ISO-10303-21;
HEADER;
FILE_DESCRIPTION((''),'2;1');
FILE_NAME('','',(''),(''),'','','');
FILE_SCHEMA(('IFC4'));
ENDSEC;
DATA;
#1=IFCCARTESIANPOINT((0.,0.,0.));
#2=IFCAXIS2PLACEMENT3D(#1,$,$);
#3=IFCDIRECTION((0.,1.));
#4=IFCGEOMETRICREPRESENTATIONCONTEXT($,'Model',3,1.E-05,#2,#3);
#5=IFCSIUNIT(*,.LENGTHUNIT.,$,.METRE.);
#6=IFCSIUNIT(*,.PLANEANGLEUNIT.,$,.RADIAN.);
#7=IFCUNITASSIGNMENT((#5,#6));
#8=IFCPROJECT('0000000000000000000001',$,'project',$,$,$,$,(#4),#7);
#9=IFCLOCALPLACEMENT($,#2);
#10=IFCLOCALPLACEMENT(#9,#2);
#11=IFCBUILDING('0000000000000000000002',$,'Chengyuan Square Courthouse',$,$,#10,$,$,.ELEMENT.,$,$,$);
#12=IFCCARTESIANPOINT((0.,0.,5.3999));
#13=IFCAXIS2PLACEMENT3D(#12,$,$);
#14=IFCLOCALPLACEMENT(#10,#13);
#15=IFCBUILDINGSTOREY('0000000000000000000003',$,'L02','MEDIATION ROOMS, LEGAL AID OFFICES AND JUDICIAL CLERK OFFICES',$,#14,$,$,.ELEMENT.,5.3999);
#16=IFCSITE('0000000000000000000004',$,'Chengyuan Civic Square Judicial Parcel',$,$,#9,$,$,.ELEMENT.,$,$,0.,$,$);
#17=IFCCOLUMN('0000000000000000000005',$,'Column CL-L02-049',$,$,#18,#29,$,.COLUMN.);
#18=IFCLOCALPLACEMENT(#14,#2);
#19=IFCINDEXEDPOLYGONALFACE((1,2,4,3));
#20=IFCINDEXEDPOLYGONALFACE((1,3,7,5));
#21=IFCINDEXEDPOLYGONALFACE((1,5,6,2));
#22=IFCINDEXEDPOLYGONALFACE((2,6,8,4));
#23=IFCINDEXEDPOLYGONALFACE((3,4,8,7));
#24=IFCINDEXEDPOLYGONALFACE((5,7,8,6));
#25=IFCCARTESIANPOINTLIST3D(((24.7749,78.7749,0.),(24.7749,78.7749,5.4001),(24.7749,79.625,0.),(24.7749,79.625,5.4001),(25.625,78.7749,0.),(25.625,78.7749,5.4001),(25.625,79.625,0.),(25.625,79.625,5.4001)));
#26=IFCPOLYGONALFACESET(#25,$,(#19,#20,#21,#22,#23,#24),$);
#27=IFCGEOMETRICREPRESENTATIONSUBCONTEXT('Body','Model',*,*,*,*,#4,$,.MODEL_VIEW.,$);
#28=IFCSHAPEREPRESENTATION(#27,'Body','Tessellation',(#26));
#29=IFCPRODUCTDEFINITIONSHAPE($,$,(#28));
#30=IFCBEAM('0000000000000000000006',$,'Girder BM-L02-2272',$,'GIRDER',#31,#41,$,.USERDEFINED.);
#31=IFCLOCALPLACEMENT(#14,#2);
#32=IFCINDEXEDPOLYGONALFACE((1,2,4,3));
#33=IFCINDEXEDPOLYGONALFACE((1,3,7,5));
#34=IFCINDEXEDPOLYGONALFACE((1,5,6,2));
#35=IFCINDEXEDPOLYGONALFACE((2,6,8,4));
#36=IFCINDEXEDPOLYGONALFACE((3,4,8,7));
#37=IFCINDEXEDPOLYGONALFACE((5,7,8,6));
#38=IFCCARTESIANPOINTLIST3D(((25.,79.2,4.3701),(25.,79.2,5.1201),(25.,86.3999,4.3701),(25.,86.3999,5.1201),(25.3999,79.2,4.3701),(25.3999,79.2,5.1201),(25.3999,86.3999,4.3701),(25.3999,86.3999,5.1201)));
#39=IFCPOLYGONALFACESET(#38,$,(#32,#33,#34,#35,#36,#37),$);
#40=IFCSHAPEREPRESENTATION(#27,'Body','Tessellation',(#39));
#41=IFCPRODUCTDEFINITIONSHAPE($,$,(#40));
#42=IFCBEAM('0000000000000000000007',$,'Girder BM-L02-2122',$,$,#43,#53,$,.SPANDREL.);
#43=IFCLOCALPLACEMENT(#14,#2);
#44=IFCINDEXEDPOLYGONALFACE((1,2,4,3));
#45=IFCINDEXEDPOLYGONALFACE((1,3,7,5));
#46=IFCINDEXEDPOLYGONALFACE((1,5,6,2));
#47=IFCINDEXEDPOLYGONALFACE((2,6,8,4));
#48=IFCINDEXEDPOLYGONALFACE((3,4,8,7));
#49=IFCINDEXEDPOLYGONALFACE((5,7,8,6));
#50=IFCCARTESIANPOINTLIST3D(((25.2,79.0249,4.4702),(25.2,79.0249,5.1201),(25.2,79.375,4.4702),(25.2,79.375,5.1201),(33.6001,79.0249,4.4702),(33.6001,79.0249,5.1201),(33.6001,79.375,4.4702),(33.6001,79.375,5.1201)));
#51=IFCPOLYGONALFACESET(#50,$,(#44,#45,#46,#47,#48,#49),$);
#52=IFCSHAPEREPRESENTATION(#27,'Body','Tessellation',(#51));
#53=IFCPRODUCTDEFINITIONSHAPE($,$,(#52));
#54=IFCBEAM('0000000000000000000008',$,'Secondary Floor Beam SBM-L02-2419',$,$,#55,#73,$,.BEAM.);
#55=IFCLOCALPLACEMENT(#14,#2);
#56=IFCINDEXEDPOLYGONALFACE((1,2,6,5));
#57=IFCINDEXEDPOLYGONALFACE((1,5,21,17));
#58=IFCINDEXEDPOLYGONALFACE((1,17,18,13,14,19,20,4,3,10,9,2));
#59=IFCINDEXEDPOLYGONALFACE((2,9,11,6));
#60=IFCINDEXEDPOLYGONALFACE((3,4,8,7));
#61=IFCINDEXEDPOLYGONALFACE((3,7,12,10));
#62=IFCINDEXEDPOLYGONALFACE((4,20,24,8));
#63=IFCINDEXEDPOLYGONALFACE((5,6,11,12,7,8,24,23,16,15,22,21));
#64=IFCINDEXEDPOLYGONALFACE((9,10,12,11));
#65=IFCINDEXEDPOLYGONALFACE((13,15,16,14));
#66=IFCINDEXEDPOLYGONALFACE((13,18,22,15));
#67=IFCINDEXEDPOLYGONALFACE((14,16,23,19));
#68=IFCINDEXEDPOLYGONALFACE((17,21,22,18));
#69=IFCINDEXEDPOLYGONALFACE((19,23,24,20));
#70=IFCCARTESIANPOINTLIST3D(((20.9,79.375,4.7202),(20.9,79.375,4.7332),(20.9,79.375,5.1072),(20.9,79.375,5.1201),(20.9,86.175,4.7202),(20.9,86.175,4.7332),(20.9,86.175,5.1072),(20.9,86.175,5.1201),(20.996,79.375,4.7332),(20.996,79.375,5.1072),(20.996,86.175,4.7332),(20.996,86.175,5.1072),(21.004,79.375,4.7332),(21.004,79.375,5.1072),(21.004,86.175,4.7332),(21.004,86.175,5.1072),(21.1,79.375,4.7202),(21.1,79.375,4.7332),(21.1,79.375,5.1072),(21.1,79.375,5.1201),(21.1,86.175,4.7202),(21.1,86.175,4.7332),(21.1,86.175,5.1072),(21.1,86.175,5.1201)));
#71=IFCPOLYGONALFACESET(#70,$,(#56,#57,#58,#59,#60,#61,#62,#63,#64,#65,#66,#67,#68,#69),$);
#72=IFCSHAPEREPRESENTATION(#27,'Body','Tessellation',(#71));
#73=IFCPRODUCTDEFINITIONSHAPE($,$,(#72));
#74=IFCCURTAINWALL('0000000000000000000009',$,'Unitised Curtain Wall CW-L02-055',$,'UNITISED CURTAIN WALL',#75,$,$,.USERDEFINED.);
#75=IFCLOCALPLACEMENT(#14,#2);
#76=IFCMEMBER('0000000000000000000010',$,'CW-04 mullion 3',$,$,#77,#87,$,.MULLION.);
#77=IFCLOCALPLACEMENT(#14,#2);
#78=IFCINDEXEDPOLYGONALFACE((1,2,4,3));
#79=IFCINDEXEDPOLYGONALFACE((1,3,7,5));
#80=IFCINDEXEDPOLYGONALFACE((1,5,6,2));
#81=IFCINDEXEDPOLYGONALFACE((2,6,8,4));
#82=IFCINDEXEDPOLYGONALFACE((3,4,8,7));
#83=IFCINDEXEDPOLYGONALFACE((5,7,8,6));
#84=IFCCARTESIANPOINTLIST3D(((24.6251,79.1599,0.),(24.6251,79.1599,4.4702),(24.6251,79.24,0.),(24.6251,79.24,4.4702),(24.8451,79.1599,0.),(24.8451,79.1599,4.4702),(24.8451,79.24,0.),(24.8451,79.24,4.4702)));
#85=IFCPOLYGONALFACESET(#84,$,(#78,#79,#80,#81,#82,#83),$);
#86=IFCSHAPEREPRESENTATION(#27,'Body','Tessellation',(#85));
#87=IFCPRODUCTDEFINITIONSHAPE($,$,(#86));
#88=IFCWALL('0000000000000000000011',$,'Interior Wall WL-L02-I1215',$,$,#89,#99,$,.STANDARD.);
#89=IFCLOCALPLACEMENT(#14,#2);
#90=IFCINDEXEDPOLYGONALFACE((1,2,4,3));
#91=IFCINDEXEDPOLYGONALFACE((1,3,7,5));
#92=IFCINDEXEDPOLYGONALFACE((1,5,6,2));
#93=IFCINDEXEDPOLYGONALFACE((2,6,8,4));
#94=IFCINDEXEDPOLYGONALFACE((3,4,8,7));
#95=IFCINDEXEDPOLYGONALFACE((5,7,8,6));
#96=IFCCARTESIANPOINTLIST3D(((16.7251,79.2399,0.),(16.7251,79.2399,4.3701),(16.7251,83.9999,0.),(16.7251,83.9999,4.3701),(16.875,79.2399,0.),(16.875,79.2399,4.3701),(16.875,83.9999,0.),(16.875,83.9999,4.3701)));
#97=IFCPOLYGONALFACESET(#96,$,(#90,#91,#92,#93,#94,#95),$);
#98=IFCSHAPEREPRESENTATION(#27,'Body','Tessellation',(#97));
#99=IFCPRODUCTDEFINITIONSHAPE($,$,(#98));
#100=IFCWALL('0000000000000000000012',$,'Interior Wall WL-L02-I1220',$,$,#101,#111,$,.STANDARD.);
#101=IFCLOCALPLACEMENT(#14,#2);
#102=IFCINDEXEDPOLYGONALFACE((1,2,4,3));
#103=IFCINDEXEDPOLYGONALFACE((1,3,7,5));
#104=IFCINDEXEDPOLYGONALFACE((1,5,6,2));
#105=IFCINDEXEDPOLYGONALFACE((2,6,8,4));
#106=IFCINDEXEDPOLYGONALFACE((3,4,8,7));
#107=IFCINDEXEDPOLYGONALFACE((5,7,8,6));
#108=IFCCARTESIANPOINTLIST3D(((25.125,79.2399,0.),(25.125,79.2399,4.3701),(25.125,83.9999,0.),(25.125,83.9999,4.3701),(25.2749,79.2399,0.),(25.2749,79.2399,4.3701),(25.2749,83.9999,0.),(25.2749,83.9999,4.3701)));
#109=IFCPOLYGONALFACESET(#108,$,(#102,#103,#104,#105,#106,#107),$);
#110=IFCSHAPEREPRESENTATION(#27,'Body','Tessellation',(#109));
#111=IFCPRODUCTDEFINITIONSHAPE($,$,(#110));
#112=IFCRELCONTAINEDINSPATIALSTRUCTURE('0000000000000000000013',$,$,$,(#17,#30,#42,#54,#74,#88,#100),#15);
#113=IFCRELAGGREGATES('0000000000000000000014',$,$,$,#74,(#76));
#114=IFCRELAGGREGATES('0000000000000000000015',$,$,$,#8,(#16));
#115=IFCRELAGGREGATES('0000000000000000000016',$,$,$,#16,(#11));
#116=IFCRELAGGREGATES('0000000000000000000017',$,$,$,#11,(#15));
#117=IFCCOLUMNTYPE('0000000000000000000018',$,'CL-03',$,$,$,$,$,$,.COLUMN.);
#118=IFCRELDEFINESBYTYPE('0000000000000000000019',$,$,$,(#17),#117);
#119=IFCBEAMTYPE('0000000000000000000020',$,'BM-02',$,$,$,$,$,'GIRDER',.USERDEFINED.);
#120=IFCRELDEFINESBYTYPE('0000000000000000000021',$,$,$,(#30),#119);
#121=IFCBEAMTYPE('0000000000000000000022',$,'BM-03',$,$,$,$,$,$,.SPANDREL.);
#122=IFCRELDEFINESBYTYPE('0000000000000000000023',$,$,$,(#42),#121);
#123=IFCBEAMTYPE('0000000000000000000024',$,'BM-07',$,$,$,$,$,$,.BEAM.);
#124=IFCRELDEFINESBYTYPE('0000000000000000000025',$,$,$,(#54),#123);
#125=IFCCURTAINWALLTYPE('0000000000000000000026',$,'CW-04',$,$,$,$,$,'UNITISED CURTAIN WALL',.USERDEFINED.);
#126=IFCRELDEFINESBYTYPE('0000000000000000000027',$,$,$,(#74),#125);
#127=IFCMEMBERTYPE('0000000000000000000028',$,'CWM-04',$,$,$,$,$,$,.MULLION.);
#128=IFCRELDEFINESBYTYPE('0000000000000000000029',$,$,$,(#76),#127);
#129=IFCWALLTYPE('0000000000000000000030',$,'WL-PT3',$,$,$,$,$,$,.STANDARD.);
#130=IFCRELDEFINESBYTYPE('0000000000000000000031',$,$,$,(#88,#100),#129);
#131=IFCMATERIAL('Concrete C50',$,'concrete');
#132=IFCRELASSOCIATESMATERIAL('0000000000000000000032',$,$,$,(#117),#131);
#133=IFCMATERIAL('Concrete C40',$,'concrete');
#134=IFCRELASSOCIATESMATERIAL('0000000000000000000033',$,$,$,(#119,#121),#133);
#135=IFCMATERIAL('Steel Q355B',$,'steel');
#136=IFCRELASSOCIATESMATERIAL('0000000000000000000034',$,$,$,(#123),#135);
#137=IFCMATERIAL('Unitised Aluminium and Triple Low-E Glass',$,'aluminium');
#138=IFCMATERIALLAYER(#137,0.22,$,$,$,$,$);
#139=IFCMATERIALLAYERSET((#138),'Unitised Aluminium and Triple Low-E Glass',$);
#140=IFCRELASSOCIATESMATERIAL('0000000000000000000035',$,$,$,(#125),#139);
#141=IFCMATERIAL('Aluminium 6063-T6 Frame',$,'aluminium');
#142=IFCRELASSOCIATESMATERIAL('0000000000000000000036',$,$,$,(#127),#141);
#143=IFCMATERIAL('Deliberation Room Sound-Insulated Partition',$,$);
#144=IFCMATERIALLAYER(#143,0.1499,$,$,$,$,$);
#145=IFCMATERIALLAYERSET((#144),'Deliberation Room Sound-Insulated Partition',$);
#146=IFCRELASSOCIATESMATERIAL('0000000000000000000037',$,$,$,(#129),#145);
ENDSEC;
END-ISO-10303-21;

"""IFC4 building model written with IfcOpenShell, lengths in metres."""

from ifc_helpers import new_model, si_unit, direction, frame, frame_2d, origin, origin_2d, place, context, subcontext, project, spatial, rectangle, i_section, extrude, material, layer, layer_set, material_profile, profile_set, type_object, element, aggregate, save


model = new_model("IFC4")

# Units and contexts
model_context = context("Model", 3, precision=1e-05, world=origin(), true_north=direction((0.0, 1.0)))
body_context = subcontext(model_context, "Body", "Model", "MODEL_VIEW")
ifc_project = project(units=[si_unit("LENGTHUNIT", "METRE"), si_unit("PLANEANGLEUNIT", "RADIAN")], contexts=[model_context])

# Site, building, storey
site_placement = place(None, origin())
site = spatial("IfcSite", under=ifc_project, at=site_placement, Name="Chengyuan Civic Square Judicial Parcel", CompositionType="ELEMENT", RefElevation=0.0)
building_placement = place(site_placement, origin())
building = spatial("IfcBuilding", under=site, at=building_placement, Name="Chengyuan Square Courthouse", CompositionType="ELEMENT")
storey_placement = place(building_placement, frame((0.0, 0.0, 5.3999)))
storey = spatial("IfcBuildingStorey", under=building, at=storey_placement, Name="L02", Description="MEDIATION ROOMS, LEGAL AID OFFICES AND JUDICIAL CLERK OFFICES", CompositionType="ELEMENT", Elevation=5.3999)

# Column
ifc_material_1 = material(Name="Concrete C50", Category="concrete")
ifc_material_profile_1 = material_profile(ifc_material_1, rectangle(XDim=0.8501, YDim=0.8501, at=origin_2d()), Name="RC-COL-850x850")
ifc_profile_set_1 = profile_set([ifc_material_profile_1], Name="Concrete C50")
column_type = type_object("IfcColumnType", Name="CL-03", PredefinedType="COLUMN", material=ifc_profile_set_1)
column_placement = place(storey_placement, frame((25.2, 79.2, 0.0), z_axis=(0.0, 0.0, 1.0), x_axis=(1.0, 0.0, 0.0)))
element("IfcColumn", 1, at=column_placement, inside=storey, type_object=column_type, Name="Column CL-L02-049", PredefinedType="COLUMN", context=body_context, shape_type="SweptSolid", body=[
    extrude(rectangle(XDim=0.8501, YDim=0.8501, at=origin_2d()), origin(), (0.0, 0.0, 1.0), 5.4001),
])

# Beams
ifc_material_2 = material(Name="Concrete C40", Category="concrete")
ifc_material_profile_2 = material_profile(ifc_material_2, rectangle(XDim=0.3999, YDim=0.75, at=origin_2d()), Name="RC-BM-400x750")
ifc_profile_set_2 = profile_set([ifc_material_profile_2], Name="Concrete C40")
beam_type_1 = type_object("IfcBeamType", Name="BM-02", ElementType="GIRDER", PredefinedType="USERDEFINED", material=ifc_profile_set_2)
beam_1_placement = place(storey_placement, frame((25.2, 79.2, 4.7451), z_axis=(0.0, 1.0, 0.0), x_axis=(-1.0, 0.0, 0.0)))
element("IfcBeam", 2, at=beam_1_placement, inside=storey, type_object=beam_type_1, Name="Girder BM-L02-2272", ObjectType="GIRDER", PredefinedType="USERDEFINED", context=body_context, shape_type="SweptSolid", body=[
    extrude(rectangle(XDim=0.3999, YDim=0.75, at=origin_2d()), origin(), (0.0, 0.0, 1.0), 7.2),
])
ifc_material_profile_3 = material_profile(ifc_material_2, rectangle(XDim=0.3501, YDim=0.6499, at=origin_2d()), Name="RC-BM-350x650")
ifc_profile_set_3 = profile_set([ifc_material_profile_3], Name="Concrete C40")
beam_type_2 = type_object("IfcBeamType", Name="BM-03", PredefinedType="SPANDREL", material=ifc_profile_set_3)
beam_2_placement = place(storey_placement, frame((25.2, 79.2, 4.7952), z_axis=(1.0, 0.0, 0.0), x_axis=(0.0, 1.0, 0.0)))
element("IfcBeam", 3, at=beam_2_placement, inside=storey, type_object=beam_type_2, Name="Girder BM-L02-2122", PredefinedType="SPANDREL", context=body_context, shape_type="SweptSolid", body=[
    extrude(rectangle(XDim=0.3501, YDim=0.6499, at=origin_2d()), origin(), (0.0, 0.0, 1.0), 8.4001),
])
ifc_material_3 = material(Name="Steel Q355B", Category="steel")
ifc_material_profile_4 = material_profile(ifc_material_3, i_section(OverallWidth=0.2, OverallDepth=0.3999, WebThickness=0.0081, FlangeThickness=0.0129, at=origin_2d()), Name="HN 400x200x8x13")
ifc_profile_set_4 = profile_set([ifc_material_profile_4], Name="Steel Q355B")
beam_type_3 = type_object("IfcBeamType", Name="BM-07", PredefinedType="BEAM", material=ifc_profile_set_4)
beam_3_placement = place(storey_placement, frame((21.0, 79.375, 4.9202), z_axis=(0.0, 1.0, 0.0), x_axis=(-1.0, 0.0, 0.0)))
element("IfcBeam", 4, at=beam_3_placement, inside=storey, type_object=beam_type_3, Name="Secondary Floor Beam SBM-L02-2419", PredefinedType="BEAM", context=body_context, shape_type="SweptSolid", body=[
    extrude(i_section(OverallWidth=0.2, OverallDepth=0.3999, WebThickness=0.0081, FlangeThickness=0.0129, at=origin_2d()), origin(), (0.0, 0.0, 1.0), 6.8),
])

# Curtain wall, member
ifc_material_4 = material(Name="Unitised Aluminium and Triple Low-E Glass", Category="aluminium")
ifc_layer_1 = layer(ifc_material_4, 0.22)
ifc_layer_set_1 = layer_set([ifc_layer_1], Name="Unitised Aluminium and Triple Low-E Glass")
curtain_wall_type = type_object("IfcCurtainWallType", Name="CW-04", ElementType="UNITISED CURTAIN WALL", PredefinedType="USERDEFINED", material=ifc_layer_set_1)
curtain_wall_placement = place(storey_placement, origin())
curtain_wall = element("IfcCurtainWall", 5, at=curtain_wall_placement, inside=storey, type_object=curtain_wall_type, Name="Unitised Curtain Wall CW-L02-055", ObjectType="UNITISED CURTAIN WALL", PredefinedType="USERDEFINED")
ifc_material_5 = material(Name="Aluminium 6063-T6 Frame", Category="aluminium")
ifc_material_profile_5 = material_profile(ifc_material_5, rectangle(XDim=0.0801, YDim=0.22, at=origin_2d()), Name="CW-MUL-80x220")
ifc_profile_set_5 = profile_set([ifc_material_profile_5], Name="Aluminium 6063-T6 Frame")
member_type = type_object("IfcMemberType", Name="CWM-04", PredefinedType="MULLION", material=ifc_profile_set_5)
member_placement = place(storey_placement, frame((24.7351, 79.2, 0.0), z_axis=(0.0, 0.0, 1.0), x_axis=(0.0, 1.0, 0.0)))
member = element("IfcMember", 6, at=member_placement, type_object=member_type, Name="CW-04 mullion 3", PredefinedType="MULLION", context=body_context, shape_type="SweptSolid", body=[
    extrude(rectangle(XDim=0.0801, YDim=0.22, at=origin_2d()), origin(), (0.0, 0.0, 1.0), 4.4702),
])
aggregate(curtain_wall, [member])

# Shared definitions
ifc_material_6 = material(Name="Deliberation Room Sound-Insulated Partition")
ifc_layer_2 = layer(ifc_material_6, 0.1499)
ifc_layer_set_2 = layer_set([ifc_layer_2], Name="Deliberation Room Sound-Insulated Partition")
wall_type = type_object("IfcWallType", Name="WL-PT3", PredefinedType="STANDARD", material=ifc_layer_set_2)

# Walls
for number, where, z_axis, x_axis, name in (
    (7, (16.8, 79.24, 0.0), (0.0, 0.0, 1.0), (0.0, 1.0, 0.0), "Interior Wall WL-L02-I1215"),
    (8, (25.2, 79.24, 0.0), (0.0, 0.0, 1.0), (0.0, 1.0, 0.0), "Interior Wall WL-L02-I1220"),
):
    element("IfcWall", number, at=place(storey_placement, frame(where, z_axis=z_axis, x_axis=x_axis)), inside=storey, type_object=wall_type, Name=name, PredefinedType="STANDARD", context=body_context, shape_type="SweptSolid", body=[
        extrude(rectangle(XDim=4.76, YDim=0.1499, at=frame_2d((2.3799, 0.0))), origin(), (0.0, 0.0, 1.0), 4.3701),
    ])

save(model, "model.ifc")
